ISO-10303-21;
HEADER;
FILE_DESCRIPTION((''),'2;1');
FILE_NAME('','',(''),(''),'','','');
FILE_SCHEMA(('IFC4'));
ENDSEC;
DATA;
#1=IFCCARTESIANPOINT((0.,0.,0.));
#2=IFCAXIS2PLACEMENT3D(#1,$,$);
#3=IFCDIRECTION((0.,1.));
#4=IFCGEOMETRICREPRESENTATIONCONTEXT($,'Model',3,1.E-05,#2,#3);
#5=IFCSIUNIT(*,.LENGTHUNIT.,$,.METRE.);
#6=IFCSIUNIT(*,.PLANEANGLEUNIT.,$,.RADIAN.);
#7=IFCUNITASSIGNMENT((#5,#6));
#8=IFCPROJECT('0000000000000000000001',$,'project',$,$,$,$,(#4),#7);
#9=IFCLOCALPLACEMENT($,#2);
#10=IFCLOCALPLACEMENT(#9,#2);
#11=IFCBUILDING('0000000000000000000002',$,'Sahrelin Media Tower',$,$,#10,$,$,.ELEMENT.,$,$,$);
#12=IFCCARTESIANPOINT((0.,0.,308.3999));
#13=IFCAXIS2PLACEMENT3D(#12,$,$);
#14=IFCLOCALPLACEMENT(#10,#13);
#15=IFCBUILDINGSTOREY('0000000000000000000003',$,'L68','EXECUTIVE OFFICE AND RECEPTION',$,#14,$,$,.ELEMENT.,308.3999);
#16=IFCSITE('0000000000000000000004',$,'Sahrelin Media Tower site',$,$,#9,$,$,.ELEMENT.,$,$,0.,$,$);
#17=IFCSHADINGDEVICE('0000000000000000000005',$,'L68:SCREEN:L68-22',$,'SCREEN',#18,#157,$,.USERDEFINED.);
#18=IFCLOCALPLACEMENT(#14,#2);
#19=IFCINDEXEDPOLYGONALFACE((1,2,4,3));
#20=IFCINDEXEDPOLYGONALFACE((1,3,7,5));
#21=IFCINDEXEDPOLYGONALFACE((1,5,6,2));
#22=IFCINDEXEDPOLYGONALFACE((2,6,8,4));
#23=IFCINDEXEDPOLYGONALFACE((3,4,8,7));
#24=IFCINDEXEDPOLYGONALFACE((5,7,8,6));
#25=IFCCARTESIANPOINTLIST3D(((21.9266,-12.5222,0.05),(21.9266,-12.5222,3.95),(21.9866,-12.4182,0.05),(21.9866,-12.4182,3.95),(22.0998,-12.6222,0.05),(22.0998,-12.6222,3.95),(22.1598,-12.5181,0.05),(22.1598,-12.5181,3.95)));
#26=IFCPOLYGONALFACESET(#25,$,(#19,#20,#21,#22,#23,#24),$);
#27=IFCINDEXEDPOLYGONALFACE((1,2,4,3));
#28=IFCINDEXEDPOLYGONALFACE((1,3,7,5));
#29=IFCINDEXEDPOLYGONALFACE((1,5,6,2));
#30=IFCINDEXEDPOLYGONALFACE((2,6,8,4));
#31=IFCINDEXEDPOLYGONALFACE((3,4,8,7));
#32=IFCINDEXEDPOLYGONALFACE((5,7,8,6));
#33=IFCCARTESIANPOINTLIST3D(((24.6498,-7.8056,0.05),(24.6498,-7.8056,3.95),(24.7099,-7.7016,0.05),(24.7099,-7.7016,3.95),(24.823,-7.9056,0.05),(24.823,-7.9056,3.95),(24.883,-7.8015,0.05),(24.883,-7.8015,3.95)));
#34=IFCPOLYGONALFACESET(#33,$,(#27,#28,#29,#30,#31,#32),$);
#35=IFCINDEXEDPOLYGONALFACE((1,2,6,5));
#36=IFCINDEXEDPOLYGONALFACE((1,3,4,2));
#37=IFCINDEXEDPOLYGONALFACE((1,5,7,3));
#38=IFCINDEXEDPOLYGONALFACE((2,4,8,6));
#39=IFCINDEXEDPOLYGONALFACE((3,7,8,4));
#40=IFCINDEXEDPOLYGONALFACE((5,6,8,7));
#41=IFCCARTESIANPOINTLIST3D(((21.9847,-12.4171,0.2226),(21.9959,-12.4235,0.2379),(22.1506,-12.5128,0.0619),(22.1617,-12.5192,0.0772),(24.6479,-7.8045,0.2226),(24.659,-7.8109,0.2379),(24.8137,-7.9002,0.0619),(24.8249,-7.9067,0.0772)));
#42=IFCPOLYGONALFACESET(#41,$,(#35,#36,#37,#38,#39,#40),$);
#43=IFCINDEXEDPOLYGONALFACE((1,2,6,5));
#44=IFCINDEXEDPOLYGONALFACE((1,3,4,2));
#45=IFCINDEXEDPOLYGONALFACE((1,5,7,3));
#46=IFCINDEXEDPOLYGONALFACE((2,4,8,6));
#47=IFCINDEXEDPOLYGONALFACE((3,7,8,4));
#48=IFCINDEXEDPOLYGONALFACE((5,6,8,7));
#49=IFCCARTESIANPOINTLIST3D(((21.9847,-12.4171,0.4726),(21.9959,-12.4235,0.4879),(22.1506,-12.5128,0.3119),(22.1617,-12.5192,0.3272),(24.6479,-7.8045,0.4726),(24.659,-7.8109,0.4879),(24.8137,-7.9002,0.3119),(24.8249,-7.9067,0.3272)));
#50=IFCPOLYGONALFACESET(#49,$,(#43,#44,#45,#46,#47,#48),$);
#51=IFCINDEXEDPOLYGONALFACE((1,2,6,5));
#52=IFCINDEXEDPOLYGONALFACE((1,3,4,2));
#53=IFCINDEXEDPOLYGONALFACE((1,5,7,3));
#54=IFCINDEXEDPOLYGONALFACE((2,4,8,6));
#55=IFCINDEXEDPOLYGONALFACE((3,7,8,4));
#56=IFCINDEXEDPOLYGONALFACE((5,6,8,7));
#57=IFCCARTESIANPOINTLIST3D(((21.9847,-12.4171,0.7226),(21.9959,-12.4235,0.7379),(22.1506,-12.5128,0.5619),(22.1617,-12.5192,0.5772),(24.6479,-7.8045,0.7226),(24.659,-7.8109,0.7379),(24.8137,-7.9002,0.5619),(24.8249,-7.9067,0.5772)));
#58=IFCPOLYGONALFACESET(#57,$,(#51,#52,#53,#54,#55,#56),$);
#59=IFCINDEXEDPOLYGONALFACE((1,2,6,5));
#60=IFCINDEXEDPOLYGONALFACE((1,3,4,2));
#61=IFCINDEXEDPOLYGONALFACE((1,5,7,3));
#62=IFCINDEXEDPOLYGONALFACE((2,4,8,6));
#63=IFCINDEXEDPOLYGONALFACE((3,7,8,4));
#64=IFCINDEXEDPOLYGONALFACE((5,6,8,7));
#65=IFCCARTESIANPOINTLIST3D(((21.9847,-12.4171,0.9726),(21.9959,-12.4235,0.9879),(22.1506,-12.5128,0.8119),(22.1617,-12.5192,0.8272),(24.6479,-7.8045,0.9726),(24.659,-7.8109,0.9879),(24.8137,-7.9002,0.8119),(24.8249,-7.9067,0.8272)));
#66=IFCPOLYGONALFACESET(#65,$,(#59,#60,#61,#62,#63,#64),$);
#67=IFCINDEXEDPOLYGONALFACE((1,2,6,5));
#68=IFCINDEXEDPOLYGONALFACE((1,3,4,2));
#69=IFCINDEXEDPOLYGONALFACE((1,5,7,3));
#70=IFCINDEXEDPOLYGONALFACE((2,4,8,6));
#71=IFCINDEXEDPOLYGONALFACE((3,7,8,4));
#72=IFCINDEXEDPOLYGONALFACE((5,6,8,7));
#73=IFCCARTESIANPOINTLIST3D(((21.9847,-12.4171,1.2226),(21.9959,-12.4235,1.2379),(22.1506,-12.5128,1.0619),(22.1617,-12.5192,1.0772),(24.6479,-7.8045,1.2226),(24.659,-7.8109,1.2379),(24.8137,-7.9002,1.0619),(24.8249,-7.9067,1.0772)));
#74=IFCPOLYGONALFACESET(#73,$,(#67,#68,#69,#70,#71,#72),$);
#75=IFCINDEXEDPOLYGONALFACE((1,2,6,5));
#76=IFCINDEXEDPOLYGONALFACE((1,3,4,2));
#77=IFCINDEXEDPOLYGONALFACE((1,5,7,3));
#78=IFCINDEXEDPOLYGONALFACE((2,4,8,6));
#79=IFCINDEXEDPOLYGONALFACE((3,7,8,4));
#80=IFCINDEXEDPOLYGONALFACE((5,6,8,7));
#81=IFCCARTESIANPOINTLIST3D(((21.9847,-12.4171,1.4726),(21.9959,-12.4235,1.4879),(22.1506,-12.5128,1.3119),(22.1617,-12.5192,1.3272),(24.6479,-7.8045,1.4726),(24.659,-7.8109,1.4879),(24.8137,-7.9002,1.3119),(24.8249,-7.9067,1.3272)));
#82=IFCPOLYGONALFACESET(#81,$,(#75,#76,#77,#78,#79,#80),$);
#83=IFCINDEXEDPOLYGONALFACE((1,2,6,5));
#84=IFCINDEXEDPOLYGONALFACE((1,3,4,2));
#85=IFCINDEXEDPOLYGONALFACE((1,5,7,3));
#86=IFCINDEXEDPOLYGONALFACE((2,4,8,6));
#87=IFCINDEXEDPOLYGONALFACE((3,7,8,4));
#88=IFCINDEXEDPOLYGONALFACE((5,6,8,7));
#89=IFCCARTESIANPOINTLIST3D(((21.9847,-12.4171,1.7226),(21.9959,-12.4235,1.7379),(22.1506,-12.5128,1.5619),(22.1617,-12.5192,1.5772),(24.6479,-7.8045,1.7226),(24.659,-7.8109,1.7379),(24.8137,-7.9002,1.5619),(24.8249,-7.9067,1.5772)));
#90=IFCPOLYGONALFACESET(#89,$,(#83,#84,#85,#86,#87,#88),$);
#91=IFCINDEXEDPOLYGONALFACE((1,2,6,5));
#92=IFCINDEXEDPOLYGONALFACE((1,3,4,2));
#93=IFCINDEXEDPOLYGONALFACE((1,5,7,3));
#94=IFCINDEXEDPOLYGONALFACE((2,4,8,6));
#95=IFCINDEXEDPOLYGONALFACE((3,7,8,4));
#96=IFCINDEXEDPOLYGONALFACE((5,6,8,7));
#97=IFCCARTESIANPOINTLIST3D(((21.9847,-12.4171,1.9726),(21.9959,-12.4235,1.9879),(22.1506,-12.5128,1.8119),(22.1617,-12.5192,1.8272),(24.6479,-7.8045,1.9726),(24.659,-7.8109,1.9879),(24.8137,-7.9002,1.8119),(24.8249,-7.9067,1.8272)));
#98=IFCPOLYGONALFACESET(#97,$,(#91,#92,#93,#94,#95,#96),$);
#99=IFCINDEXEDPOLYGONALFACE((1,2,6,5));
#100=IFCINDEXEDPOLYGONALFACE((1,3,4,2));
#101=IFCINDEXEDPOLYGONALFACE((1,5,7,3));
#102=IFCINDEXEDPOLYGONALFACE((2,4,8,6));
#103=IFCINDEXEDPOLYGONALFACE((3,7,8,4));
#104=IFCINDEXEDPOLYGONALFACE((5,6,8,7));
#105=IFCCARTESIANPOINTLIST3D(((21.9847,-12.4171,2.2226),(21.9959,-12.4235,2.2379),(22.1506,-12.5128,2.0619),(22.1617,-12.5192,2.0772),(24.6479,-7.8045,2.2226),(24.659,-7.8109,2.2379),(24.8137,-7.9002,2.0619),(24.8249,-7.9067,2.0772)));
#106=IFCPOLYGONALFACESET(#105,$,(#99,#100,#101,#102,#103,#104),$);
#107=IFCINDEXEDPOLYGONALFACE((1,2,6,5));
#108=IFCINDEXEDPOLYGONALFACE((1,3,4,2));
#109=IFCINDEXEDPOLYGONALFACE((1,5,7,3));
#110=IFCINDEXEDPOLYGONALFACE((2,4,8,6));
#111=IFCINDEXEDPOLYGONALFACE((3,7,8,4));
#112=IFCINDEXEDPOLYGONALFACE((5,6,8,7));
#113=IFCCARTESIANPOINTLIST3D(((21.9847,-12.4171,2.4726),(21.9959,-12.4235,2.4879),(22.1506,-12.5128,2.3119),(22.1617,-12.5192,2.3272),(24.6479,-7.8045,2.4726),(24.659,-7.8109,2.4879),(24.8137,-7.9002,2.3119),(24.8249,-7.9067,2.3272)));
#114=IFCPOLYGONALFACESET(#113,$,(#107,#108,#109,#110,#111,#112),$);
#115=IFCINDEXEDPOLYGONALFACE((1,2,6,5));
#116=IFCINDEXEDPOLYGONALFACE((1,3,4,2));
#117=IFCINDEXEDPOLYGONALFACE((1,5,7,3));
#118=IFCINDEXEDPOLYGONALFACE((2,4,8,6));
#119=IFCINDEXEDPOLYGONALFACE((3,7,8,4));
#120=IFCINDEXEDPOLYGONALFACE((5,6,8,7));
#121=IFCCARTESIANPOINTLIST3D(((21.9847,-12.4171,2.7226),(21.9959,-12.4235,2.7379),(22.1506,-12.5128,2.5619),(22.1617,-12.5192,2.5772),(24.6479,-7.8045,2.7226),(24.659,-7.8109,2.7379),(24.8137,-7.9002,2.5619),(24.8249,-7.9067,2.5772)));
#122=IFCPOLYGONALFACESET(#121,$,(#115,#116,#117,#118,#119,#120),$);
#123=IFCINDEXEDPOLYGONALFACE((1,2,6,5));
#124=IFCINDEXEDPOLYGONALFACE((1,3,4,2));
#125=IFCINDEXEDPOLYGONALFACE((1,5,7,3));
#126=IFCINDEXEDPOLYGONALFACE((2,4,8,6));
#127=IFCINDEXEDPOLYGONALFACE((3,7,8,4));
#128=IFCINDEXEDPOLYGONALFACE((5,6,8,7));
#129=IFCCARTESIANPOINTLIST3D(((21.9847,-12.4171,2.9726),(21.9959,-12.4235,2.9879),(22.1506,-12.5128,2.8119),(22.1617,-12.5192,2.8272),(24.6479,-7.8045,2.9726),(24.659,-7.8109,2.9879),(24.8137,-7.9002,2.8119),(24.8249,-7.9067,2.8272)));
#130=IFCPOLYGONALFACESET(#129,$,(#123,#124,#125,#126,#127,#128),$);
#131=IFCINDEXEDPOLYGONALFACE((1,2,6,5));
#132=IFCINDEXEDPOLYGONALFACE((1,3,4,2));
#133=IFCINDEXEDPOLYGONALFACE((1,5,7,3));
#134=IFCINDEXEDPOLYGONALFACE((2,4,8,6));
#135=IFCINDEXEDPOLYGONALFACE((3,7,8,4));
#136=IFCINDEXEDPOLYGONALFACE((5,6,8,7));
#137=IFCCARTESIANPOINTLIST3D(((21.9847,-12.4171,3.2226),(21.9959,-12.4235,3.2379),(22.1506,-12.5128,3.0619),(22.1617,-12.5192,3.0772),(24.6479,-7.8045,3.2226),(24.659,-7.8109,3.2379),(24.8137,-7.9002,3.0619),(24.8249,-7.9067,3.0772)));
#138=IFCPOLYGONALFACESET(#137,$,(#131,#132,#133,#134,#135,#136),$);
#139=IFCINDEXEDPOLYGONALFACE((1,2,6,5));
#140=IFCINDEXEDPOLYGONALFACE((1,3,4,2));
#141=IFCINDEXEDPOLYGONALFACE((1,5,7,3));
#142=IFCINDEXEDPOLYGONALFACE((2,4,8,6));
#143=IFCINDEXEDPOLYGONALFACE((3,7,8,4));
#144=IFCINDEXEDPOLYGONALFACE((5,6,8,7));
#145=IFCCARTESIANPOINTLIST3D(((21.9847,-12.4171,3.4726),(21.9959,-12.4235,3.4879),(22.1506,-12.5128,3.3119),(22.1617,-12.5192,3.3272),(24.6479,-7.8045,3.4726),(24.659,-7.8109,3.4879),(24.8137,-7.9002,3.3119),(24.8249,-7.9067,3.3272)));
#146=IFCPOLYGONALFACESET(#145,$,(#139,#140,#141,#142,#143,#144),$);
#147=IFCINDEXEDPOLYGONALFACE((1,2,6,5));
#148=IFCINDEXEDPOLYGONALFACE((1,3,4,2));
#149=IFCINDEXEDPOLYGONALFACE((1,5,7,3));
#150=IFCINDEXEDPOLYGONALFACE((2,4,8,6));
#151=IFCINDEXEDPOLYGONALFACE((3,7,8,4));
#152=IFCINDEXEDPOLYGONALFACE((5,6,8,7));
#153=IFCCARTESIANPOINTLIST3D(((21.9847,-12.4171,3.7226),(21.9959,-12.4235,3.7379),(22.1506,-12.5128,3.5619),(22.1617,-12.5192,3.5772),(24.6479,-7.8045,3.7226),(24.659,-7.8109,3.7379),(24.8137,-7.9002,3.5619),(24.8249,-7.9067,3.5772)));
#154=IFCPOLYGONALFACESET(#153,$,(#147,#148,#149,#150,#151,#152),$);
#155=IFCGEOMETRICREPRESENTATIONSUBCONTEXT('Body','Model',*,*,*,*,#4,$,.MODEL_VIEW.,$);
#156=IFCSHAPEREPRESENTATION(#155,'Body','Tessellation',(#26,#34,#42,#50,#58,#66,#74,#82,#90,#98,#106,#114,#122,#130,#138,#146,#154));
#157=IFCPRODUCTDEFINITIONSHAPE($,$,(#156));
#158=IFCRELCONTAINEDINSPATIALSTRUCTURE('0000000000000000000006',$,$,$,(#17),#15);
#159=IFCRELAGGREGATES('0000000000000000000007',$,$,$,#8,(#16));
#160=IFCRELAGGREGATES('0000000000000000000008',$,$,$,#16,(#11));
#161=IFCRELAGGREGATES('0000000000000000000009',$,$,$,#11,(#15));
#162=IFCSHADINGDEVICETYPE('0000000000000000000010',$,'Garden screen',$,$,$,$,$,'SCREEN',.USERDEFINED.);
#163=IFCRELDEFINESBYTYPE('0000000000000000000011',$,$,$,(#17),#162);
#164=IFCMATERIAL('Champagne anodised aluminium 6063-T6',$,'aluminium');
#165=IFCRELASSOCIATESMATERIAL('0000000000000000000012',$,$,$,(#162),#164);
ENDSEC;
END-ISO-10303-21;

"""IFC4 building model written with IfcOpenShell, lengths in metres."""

from ifc_helpers import new_model, si_unit, direction, frame, origin, origin_2d, place, context, subcontext, project, spatial, rectangle, extrude, material, type_object, element, save


model = new_model("IFC4")

# Units and contexts
model_context = context("Model", 3, precision=1e-05, world=origin(), true_north=direction((0.0, 1.0)))
body_context = subcontext(model_context, "Body", "Model", "MODEL_VIEW")
ifc_project = project(units=[si_unit("LENGTHUNIT", "METRE"), si_unit("PLANEANGLEUNIT", "RADIAN")], contexts=[model_context])

# Site, building, storey
site_placement = place(None, origin())
site = spatial("IfcSite", under=ifc_project, at=site_placement, Name="Sahrelin Media Tower site", CompositionType="ELEMENT", RefElevation=0.0)
building_placement = place(site_placement, origin())
building = spatial("IfcBuilding", under=site, at=building_placement, Name="Sahrelin Media Tower", CompositionType="ELEMENT")
storey_placement = place(building_placement, frame((0.0, 0.0, 308.3999)))
storey = spatial("IfcBuildingStorey", under=building, at=storey_placement, Name="L68", Description="EXECUTIVE OFFICE AND RECEPTION", CompositionType="ELEMENT", Elevation=308.3999)

# Shading device
ifc_material_1 = material(Name="Champagne anodised aluminium 6063-T6", Category="aluminium")
shading_device_type = type_object("IfcShadingDeviceType", Name="Garden screen", ElementType="SCREEN", PredefinedType="USERDEFINED", material=ifc_material_1)
shading_device_1_placement = place(storey_placement, frame((23.3181, -10.1118, 0.0), z_axis=(0.0, 0.0, 1.0), x_axis=(-0.500011, -0.866019, 0.0)))
element("IfcShadingDevice", 1, at=shading_device_1_placement, inside=storey, type_object=shading_device_type, Name="L68:SCREEN:L68-22", ObjectType="SCREEN", PredefinedType="USERDEFINED", context=body_context, shape_type="SweptSolid", body=[
    extrude(rectangle(XDim=0.1201, YDim=0.2, at=origin_2d()), frame((2.7231, 0.1001, 0.05), z_axis=(0.0, 0.0, 1.0), x_axis=(1.0, 0.0, 0.0)), (0.0, 0.0, 1.0), 3.8999),
    extrude(rectangle(XDim=0.1201, YDim=0.2, at=origin_2d()), frame((-2.7231, 0.1001, 0.05), z_axis=(0.0, 0.0, 1.0), x_axis=(1.0, 0.0, 0.0)), (0.0, 0.0, 1.0), 3.8999),
    extrude(rectangle(XDim=0.25, YDim=0.02, at=origin_2d()), frame((2.6631, 0.1001, 0.1499), z_axis=(-1.0, 0.0, 0.0), x_axis=(0.0, -0.766044, 0.642788)), (0.0, 0.0, 1.0), 5.3262),
    extrude(rectangle(XDim=0.25, YDim=0.02, at=origin_2d()), frame((2.6631, 0.1001, 0.3999), z_axis=(-1.0, 0.0, 0.0), x_axis=(0.0, -0.766044, 0.642788)), (0.0, 0.0, 1.0), 5.3262),
    extrude(rectangle(XDim=0.25, YDim=0.02, at=origin_2d()), frame((2.6631, 0.1001, 0.6499), z_axis=(-1.0, 0.0, 0.0), x_axis=(0.0, -0.766044, 0.642788)), (0.0, 0.0, 1.0), 5.3262),
    extrude(rectangle(XDim=0.25, YDim=0.02, at=origin_2d()), frame((2.6631, 0.1001, 0.8999), z_axis=(-1.0, 0.0, 0.0), x_axis=(0.0, -0.766044, 0.642788)), (0.0, 0.0, 1.0), 5.3262),
    extrude(rectangle(XDim=0.25, YDim=0.02, at=origin_2d()), frame((2.6631, 0.1001, 1.1499), z_axis=(-1.0, 0.0, 0.0), x_axis=(0.0, -0.766044, 0.642788)), (0.0, 0.0, 1.0), 5.3262),
    extrude(rectangle(XDim=0.25, YDim=0.02, at=origin_2d()), frame((2.6631, 0.1001, 1.3999), z_axis=(-1.0, 0.0, 0.0), x_axis=(0.0, -0.766044, 0.642788)), (0.0, 0.0, 1.0), 5.3262),
    extrude(rectangle(XDim=0.25, YDim=0.02, at=origin_2d()), frame((2.6631, 0.1001, 1.6499), z_axis=(-1.0, 0.0, 0.0), x_axis=(0.0, -0.766044, 0.642788)), (0.0, 0.0, 1.0), 5.3262),
    extrude(rectangle(XDim=0.25, YDim=0.02, at=origin_2d()), frame((2.6631, 0.1001, 1.8999), z_axis=(-1.0, 0.0, 0.0), x_axis=(0.0, -0.766044, 0.642788)), (0.0, 0.0, 1.0), 5.3262),
    extrude(rectangle(XDim=0.25, YDim=0.02, at=origin_2d()), frame((2.6631, 0.1001, 2.1499), z_axis=(-1.0, 0.0, 0.0), x_axis=(0.0, -0.766044, 0.642788)), (0.0, 0.0, 1.0), 5.3262),
    extrude(rectangle(XDim=0.25, YDim=0.02, at=origin_2d()), frame((2.6631, 0.1001, 2.3999), z_axis=(-1.0, 0.0, 0.0), x_axis=(0.0, -0.766044, 0.642788)), (0.0, 0.0, 1.0), 5.3262),
    extrude(rectangle(XDim=0.25, YDim=0.02, at=origin_2d()), frame((2.6631, 0.1001, 2.6499), z_axis=(-1.0, 0.0, 0.0), x_axis=(0.0, -0.766044, 0.642788)), (0.0, 0.0, 1.0), 5.3262),
    extrude(rectangle(XDim=0.25, YDim=0.02, at=origin_2d()), frame((2.6631, 0.1001, 2.8999), z_axis=(-1.0, 0.0, 0.0), x_axis=(0.0, -0.766044, 0.642788)), (0.0, 0.0, 1.0), 5.3262),
    extrude(rectangle(XDim=0.25, YDim=0.02, at=origin_2d()), frame((2.6631, 0.1001, 3.1499), z_axis=(-1.0, 0.0, 0.0), x_axis=(0.0, -0.766044, 0.642788)), (0.0, 0.0, 1.0), 5.3262),
    extrude(rectangle(XDim=0.25, YDim=0.02, at=origin_2d()), frame((2.6631, 0.1001, 3.3999), z_axis=(-1.0, 0.0, 0.0), x_axis=(0.0, -0.766044, 0.642788)), (0.0, 0.0, 1.0), 5.3262),
    extrude(rectangle(XDim=0.25, YDim=0.02, at=origin_2d()), frame((2.6631, 0.1001, 3.6499), z_axis=(-1.0, 0.0, 0.0), x_axis=(0.0, -0.766044, 0.642788)), (0.0, 0.0, 1.0), 5.3262),
])

save(model, "model.ifc")
